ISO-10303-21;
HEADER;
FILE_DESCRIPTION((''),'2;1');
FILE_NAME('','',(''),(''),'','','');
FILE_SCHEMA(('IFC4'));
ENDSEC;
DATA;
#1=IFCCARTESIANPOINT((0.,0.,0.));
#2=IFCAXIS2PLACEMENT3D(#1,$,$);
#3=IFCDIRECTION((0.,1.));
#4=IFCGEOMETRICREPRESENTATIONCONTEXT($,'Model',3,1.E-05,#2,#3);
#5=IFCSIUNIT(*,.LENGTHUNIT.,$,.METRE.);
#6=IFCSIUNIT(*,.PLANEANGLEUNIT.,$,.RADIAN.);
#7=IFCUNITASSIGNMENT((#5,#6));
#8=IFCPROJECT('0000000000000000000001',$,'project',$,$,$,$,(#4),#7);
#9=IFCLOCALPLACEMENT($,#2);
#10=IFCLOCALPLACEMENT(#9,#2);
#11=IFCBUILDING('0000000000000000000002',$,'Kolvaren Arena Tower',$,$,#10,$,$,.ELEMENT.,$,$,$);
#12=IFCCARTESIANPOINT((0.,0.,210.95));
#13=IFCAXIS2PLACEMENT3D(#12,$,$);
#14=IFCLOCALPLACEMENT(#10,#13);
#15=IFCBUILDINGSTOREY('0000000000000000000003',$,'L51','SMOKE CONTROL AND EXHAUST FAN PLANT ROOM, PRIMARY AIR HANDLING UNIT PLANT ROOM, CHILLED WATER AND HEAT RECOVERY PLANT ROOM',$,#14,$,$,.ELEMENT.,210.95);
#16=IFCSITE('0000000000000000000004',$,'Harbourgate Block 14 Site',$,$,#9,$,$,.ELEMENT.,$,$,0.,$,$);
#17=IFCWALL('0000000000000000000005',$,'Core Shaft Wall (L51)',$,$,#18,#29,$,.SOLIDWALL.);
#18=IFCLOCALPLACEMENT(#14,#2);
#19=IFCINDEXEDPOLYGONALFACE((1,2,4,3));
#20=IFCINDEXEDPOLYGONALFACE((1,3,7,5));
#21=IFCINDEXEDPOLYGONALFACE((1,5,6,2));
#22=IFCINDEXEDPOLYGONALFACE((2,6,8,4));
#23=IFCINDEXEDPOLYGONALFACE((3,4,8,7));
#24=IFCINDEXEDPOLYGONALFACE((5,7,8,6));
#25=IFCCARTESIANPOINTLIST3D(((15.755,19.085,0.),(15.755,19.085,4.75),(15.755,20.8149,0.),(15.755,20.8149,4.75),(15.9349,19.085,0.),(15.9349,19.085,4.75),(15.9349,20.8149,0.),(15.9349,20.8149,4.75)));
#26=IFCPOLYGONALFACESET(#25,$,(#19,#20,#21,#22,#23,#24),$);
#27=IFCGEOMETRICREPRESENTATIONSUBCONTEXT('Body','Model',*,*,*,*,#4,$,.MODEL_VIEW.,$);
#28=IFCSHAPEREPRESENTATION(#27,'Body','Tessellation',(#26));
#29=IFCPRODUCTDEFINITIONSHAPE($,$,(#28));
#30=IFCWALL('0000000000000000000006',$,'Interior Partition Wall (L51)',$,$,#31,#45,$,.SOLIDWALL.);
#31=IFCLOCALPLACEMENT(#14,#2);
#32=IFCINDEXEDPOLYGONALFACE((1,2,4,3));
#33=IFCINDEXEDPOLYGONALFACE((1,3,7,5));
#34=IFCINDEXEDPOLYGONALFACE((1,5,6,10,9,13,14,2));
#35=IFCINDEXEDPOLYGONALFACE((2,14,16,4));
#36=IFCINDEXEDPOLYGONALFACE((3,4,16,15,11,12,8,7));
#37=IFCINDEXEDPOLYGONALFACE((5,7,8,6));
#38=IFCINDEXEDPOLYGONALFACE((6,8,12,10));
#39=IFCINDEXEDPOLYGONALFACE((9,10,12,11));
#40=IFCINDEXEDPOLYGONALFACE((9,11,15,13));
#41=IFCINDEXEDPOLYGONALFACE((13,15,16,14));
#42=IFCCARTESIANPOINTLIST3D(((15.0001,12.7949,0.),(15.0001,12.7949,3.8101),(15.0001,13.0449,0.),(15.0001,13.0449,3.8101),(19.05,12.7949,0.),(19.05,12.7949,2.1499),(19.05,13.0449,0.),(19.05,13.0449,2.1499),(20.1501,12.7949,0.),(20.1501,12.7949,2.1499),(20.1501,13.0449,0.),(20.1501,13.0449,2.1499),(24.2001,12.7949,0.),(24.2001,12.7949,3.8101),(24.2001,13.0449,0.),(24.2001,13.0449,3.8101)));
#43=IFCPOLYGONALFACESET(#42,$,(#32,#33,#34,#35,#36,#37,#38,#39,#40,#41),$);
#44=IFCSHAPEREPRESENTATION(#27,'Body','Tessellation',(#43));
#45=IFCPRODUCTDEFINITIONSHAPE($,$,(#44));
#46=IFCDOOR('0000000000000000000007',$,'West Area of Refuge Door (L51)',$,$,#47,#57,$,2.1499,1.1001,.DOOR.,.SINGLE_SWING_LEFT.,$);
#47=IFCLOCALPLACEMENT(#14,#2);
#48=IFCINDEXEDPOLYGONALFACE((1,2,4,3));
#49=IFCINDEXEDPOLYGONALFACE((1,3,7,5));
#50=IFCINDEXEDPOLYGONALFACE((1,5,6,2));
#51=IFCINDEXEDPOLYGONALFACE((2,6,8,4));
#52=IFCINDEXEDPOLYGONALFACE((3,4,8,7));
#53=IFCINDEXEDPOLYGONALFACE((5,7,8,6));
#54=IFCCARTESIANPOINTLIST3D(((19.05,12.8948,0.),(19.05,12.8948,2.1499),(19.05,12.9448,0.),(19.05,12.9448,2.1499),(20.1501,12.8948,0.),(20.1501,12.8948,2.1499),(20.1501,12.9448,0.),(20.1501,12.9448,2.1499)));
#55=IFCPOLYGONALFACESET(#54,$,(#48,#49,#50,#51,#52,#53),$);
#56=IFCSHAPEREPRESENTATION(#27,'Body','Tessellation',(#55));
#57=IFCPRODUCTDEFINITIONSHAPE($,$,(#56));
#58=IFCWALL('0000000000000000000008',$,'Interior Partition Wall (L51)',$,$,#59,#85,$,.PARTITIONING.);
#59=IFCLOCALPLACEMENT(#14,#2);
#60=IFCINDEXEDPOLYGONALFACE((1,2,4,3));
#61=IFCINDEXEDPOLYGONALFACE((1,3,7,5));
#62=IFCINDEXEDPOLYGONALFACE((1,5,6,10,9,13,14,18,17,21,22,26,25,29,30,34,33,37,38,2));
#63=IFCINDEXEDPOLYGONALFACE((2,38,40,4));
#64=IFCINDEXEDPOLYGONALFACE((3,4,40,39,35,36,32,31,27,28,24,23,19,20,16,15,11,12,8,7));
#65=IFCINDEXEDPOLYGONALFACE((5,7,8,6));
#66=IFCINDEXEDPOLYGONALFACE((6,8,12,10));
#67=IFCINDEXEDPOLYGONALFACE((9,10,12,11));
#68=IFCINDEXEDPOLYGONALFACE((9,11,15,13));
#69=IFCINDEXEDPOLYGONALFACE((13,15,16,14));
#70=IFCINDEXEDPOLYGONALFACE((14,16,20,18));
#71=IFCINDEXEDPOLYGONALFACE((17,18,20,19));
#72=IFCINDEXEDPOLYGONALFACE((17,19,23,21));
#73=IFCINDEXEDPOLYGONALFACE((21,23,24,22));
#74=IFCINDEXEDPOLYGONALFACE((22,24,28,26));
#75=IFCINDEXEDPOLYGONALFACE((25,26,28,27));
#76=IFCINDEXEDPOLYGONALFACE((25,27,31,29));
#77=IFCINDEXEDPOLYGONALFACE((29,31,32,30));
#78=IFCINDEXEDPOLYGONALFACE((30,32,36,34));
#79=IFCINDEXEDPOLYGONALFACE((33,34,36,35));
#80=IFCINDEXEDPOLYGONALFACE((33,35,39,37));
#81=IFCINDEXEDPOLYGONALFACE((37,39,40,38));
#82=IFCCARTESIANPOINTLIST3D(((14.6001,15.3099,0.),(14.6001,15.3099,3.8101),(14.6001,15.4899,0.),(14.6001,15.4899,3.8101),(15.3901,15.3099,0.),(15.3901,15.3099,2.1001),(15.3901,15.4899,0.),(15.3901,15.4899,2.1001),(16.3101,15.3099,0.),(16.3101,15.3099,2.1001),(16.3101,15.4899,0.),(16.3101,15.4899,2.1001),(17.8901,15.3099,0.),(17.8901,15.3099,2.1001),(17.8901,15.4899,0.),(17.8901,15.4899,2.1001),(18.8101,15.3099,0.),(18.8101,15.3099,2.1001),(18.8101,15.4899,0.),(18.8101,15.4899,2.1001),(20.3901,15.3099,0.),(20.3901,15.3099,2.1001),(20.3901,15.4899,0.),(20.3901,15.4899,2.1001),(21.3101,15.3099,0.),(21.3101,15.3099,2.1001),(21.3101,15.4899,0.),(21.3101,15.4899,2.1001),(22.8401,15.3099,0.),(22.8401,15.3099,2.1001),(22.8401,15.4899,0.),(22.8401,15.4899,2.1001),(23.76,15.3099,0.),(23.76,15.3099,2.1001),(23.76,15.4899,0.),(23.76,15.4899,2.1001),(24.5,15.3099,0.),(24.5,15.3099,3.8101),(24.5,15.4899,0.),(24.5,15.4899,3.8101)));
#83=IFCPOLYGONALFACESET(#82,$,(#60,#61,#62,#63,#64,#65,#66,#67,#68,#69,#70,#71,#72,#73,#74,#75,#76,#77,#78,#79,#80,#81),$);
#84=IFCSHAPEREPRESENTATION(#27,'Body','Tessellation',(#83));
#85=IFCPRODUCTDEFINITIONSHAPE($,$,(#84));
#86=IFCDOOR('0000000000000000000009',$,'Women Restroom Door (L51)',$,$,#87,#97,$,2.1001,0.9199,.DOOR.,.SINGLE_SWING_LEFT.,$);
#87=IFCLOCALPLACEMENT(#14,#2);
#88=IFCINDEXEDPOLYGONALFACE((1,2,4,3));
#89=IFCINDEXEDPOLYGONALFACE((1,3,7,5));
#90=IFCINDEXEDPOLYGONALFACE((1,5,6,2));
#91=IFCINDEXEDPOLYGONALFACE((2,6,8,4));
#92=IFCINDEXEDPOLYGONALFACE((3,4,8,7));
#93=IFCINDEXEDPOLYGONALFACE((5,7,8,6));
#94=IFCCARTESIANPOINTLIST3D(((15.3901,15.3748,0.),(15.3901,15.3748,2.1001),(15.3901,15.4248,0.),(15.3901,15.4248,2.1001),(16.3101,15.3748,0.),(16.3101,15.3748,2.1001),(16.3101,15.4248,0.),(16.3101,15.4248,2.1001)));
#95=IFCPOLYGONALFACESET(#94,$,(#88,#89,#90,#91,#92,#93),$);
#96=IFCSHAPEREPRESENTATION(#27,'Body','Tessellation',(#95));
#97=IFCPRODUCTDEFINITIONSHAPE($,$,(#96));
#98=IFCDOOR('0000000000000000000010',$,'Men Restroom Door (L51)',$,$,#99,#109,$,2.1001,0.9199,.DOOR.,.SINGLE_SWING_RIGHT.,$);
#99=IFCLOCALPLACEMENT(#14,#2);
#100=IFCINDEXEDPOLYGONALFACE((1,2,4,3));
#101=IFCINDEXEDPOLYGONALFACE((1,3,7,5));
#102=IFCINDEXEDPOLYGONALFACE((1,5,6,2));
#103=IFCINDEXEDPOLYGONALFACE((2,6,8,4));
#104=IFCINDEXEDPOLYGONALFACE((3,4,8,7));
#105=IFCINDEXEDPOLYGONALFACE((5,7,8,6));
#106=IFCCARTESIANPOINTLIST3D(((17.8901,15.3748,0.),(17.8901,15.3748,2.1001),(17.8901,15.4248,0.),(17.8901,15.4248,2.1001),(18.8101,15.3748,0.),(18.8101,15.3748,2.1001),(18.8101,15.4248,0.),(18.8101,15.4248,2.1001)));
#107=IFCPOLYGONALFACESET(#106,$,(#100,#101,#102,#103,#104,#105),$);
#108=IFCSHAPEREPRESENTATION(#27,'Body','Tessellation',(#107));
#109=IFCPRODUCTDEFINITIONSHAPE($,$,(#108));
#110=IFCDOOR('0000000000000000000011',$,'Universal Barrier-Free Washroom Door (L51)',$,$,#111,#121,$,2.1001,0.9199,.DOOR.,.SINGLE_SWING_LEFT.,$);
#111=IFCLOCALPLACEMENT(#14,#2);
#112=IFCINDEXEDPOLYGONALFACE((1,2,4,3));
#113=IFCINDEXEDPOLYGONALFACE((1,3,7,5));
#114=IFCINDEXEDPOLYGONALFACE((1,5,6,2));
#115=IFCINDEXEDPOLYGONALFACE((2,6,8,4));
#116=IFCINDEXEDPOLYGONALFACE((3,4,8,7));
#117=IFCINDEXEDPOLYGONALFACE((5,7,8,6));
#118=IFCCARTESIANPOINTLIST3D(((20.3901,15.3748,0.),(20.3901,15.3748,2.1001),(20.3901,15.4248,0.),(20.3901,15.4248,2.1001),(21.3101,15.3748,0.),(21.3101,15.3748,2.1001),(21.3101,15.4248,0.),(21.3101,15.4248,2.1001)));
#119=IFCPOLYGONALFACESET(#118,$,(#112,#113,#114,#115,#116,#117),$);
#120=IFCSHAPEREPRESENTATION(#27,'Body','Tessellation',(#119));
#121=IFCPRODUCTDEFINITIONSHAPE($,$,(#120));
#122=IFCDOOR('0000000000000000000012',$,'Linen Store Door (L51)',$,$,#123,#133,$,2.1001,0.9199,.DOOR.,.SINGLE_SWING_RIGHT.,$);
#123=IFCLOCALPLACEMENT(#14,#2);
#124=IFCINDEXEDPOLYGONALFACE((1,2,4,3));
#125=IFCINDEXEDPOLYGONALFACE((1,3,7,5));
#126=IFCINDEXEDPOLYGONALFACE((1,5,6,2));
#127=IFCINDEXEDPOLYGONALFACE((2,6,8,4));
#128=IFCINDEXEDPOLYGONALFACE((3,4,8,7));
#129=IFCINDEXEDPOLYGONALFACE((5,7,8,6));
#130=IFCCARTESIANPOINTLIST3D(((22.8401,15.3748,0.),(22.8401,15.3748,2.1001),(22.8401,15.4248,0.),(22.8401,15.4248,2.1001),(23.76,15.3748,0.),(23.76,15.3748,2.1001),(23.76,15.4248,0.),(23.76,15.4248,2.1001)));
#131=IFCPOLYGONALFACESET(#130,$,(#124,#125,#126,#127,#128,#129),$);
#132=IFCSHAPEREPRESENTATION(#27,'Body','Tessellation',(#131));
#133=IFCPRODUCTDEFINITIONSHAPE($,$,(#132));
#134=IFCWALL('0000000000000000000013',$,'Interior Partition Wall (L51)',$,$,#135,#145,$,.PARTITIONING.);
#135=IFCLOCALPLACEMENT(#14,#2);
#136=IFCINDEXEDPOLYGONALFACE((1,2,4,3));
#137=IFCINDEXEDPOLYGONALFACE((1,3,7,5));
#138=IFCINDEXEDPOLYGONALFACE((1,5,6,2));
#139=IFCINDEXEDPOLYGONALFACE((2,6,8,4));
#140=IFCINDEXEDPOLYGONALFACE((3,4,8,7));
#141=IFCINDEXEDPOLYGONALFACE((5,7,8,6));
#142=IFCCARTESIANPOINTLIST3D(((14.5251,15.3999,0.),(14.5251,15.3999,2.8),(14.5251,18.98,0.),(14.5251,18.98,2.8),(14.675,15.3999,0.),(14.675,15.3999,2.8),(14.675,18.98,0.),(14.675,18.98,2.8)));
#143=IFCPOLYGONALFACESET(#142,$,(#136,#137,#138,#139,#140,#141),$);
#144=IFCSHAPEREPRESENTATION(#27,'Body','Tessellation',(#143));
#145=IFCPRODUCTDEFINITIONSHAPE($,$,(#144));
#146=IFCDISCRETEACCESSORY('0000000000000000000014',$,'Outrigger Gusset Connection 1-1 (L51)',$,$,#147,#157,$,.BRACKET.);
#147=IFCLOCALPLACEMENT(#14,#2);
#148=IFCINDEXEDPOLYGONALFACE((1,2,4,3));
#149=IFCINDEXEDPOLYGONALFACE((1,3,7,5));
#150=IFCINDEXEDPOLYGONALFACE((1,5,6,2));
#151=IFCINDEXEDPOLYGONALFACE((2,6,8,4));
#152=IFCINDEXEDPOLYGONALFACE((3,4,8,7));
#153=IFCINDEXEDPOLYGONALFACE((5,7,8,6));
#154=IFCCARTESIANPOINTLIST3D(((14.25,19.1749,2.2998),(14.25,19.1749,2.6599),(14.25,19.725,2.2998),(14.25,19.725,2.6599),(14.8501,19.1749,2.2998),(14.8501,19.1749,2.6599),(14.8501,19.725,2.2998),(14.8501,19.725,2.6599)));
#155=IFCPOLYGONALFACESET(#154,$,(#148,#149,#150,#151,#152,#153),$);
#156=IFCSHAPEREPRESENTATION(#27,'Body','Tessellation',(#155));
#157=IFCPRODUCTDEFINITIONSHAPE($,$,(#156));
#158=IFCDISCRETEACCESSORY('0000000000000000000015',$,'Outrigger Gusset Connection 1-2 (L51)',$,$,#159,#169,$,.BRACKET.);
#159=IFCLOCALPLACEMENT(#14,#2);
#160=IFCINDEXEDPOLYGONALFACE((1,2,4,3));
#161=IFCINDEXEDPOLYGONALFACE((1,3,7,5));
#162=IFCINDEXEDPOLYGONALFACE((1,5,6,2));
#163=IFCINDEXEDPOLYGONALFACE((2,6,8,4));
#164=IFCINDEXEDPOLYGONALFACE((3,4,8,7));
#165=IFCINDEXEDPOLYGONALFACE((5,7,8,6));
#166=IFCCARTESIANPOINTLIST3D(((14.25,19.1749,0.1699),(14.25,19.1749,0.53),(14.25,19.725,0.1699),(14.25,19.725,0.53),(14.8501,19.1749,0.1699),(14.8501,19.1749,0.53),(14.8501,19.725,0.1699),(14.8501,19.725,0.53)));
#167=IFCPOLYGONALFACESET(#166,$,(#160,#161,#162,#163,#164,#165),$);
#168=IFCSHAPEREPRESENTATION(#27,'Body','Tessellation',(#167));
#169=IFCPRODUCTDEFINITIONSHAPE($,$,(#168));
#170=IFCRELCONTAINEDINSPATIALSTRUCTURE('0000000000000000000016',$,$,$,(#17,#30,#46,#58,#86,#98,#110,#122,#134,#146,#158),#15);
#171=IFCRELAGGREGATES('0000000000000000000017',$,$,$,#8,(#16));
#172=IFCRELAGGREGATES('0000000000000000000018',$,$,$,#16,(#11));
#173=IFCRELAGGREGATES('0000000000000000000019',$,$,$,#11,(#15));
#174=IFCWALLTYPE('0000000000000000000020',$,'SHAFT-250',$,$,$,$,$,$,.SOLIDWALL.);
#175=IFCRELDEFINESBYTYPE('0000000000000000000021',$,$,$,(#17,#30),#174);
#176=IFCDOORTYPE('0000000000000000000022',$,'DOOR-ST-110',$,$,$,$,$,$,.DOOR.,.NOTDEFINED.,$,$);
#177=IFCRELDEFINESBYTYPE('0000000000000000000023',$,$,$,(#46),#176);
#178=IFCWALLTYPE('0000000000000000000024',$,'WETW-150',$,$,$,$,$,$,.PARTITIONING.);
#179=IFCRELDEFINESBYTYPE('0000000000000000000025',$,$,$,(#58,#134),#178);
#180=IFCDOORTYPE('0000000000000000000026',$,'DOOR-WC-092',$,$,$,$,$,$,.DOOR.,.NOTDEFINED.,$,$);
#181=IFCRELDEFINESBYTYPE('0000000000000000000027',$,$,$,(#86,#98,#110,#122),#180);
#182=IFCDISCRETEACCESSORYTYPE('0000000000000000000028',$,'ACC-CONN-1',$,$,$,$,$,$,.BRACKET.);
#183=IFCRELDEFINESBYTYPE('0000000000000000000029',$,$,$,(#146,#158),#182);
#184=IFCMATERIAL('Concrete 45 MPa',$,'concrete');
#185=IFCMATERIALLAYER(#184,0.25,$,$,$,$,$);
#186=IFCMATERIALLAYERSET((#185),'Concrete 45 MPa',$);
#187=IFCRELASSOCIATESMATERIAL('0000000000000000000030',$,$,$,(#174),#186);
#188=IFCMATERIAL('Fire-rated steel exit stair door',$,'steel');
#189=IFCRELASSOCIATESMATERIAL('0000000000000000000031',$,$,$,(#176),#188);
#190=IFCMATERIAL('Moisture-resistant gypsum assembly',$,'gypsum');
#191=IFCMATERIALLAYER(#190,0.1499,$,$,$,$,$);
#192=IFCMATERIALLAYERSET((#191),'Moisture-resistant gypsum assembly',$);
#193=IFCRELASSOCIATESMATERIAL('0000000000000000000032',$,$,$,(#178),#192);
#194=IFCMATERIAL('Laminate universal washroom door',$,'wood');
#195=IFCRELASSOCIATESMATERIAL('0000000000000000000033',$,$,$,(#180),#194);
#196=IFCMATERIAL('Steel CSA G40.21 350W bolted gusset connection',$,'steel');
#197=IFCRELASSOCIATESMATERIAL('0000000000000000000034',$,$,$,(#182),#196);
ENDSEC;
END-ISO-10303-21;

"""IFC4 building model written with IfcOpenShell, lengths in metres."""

from ifc_helpers import new_model, si_unit, direction, frame, frame_2d, origin, origin_2d, place, context, subcontext, project, spatial, rectangle, extrude, material, layer, layer_set, type_object, element, fill, save


model = new_model("IFC4")

# Units and contexts
model_context = context("Model", 3, precision=1e-05, world=origin(), true_north=direction((0.0, 1.0)))
body_context = subcontext(model_context, "Body", "Model", "MODEL_VIEW")
ifc_project = project(units=[si_unit("LENGTHUNIT", "METRE"), si_unit("PLANEANGLEUNIT", "RADIAN")], contexts=[model_context])

# Site, building, storey
site_placement = place(None, origin())
site = spatial("IfcSite", under=ifc_project, at=site_placement, Name="Harbourgate Block 14 Site", CompositionType="ELEMENT", RefElevation=0.0)
building_placement = place(site_placement, origin())
building = spatial("IfcBuilding", under=site, at=building_placement, Name="Kolvaren Arena Tower", CompositionType="ELEMENT")
storey_placement = place(building_placement, frame((0.0, 0.0, 210.95)))
storey = spatial("IfcBuildingStorey", under=building, at=storey_placement, Name="L51", Description="SMOKE CONTROL AND EXHAUST FAN PLANT ROOM, PRIMARY AIR HANDLING UNIT PLANT ROOM, CHILLED WATER AND HEAT RECOVERY PLANT ROOM", CompositionType="ELEMENT", Elevation=210.95)

# Wall
ifc_material_1 = material(Name="Concrete 45 MPa", Category="concrete")
ifc_layer_1 = layer(ifc_material_1, 0.25)
ifc_layer_set_1 = layer_set([ifc_layer_1], Name="Concrete 45 MPa")
wall_type_1 = type_object("IfcWallType", Name="SHAFT-250", PredefinedType="SOLIDWALL", material=ifc_layer_set_1)
wall_1_placement = place(storey_placement, frame((15.845, 19.085, 0.0), z_axis=(0.0, 0.0, 1.0), x_axis=(0.0, 1.0, 0.0)))
element("IfcWall", 1, at=wall_1_placement, inside=storey, type_object=wall_type_1, Name="Core Shaft Wall (L51)", PredefinedType="SOLIDWALL", context=body_context, shape_type="SweptSolid", body=[
    extrude(rectangle(XDim=1.73, YDim=0.1799, at=frame_2d((0.865, 0.0))), origin(), (0.0, 0.0, 1.0), 4.75),
])

# Wall, opening, door
wall_2_placement = place(storey_placement, frame((15.0, 12.9199, 0.0), z_axis=(0.0, 0.0, 1.0), x_axis=(1.0, 0.0, 0.0)))
wall_2 = element("IfcWall", 2, at=wall_2_placement, inside=storey, type_object=wall_type_1, Name="Interior Partition Wall (L51)", PredefinedType="SOLIDWALL", context=body_context, shape_type="SweptSolid", body=[
    extrude(rectangle(XDim=9.2, YDim=0.25, at=frame_2d((4.6001, 0.0))), origin(), (0.0, 0.0, 1.0), 3.8101),
])
opening_1_placement = place(wall_2_placement, frame((4.05, 0.0, 0.0)))
opening_1 = element("IfcOpeningElement", 3, at=opening_1_placement, cuts=wall_2, PredefinedType="OPENING", context=body_context, shape_type="SweptSolid", body=[
    extrude(rectangle(XDim=1.1001, YDim=2.1499, at=frame_2d((0.55, 1.075))), frame((0.0, 0.135, 0.0), z_axis=(0.0, -1.0, 0.0), x_axis=(1.0, 0.0, 0.0)), (0.0, 0.0, 1.0), 0.27),
])
ifc_material_2 = material(Name="Fire-rated steel exit stair door", Category="steel")
door_type_1 = type_object("IfcDoorType", Name="DOOR-ST-110", OperationType="NOTDEFINED", PredefinedType="DOOR", material=ifc_material_2)
door_1_placement = place(opening_1_placement, origin())
door_1 = element("IfcDoor", 4, at=door_1_placement, inside=storey, type_object=door_type_1, Name="West Area of Refuge Door (L51)", OperationType="SINGLE_SWING_LEFT", OverallHeight=2.1499, OverallWidth=1.1001, PredefinedType="DOOR", context=body_context, shape_type="SweptSolid", body=[
    extrude(rectangle(XDim=1.1001, YDim=2.1499, at=frame_2d((0.55, 1.075))), frame((0.0, 0.0249, 0.0), z_axis=(0.0, -1.0, 0.0), x_axis=(1.0, 0.0, 0.0)), (0.0, 0.0, 1.0), 0.05),
])
fill(opening_1, door_1)

# Wall, openings, doors
ifc_material_3 = material(Name="Moisture-resistant gypsum assembly", Category="gypsum")
ifc_layer_2 = layer(ifc_material_3, 0.1499)
ifc_layer_set_2 = layer_set([ifc_layer_2], Name="Moisture-resistant gypsum assembly")
wall_type_2 = type_object("IfcWallType", Name="WETW-150", PredefinedType="PARTITIONING", material=ifc_layer_set_2)
wall_3_placement = place(storey_placement, frame((14.6001, 15.3999, 0.0), z_axis=(0.0, 0.0, 1.0), x_axis=(1.0, 0.0, 0.0)))
wall_3 = element("IfcWall", 5, at=wall_3_placement, inside=storey, type_object=wall_type_2, Name="Interior Partition Wall (L51)", PredefinedType="PARTITIONING", context=body_context, shape_type="SweptSolid", body=[
    extrude(rectangle(XDim=9.8999, YDim=0.1799, at=frame_2d((4.95, 0.0))), origin(), (0.0, 0.0, 1.0), 3.8101),
])
opening_2_placement = place(wall_3_placement, frame((0.79, 0.0, 0.0)))
opening_2 = element("IfcOpeningElement", 6, at=opening_2_placement, cuts=wall_3, PredefinedType="OPENING", context=body_context, shape_type="SweptSolid", body=[
    extrude(rectangle(XDim=0.9199, YDim=2.1001, at=frame_2d((0.46, 1.05))), frame((0.0, 0.0999, 0.0), z_axis=(0.0, -1.0, 0.0), x_axis=(1.0, 0.0, 0.0)), (0.0, 0.0, 1.0), 0.2),
])
opening_3_placement = place(wall_3_placement, frame((3.29, 0.0, 0.0)))
opening_3 = element("IfcOpeningElement", 7, at=opening_3_placement, cuts=wall_3, PredefinedType="OPENING", context=body_context, shape_type="SweptSolid", body=[
    extrude(rectangle(XDim=0.9199, YDim=2.1001, at=frame_2d((0.46, 1.05))), frame((0.0, 0.0999, 0.0), z_axis=(0.0, -1.0, 0.0), x_axis=(1.0, 0.0, 0.0)), (0.0, 0.0, 1.0), 0.2),
])
opening_4_placement = place(wall_3_placement, frame((5.79, 0.0, 0.0)))
opening_4 = element("IfcOpeningElement", 8, at=opening_4_placement, cuts=wall_3, PredefinedType="OPENING", context=body_context, shape_type="SweptSolid", body=[
    extrude(rectangle(XDim=0.9199, YDim=2.1001, at=frame_2d((0.46, 1.05))), frame((0.0, 0.0999, 0.0), z_axis=(0.0, -1.0, 0.0), x_axis=(1.0, 0.0, 0.0)), (0.0, 0.0, 1.0), 0.2),
])
opening_5_placement = place(wall_3_placement, frame((8.24, 0.0, 0.0)))
opening_5 = element("IfcOpeningElement", 9, at=opening_5_placement, cuts=wall_3, PredefinedType="OPENING", context=body_context, shape_type="SweptSolid", body=[
    extrude(rectangle(XDim=0.9199, YDim=2.1001, at=frame_2d((0.46, 1.05))), frame((0.0, 0.0999, 0.0), z_axis=(0.0, -1.0, 0.0), x_axis=(1.0, 0.0, 0.0)), (0.0, 0.0, 1.0), 0.2),
])
ifc_material_4 = material(Name="Laminate universal washroom door", Category="wood")
door_type_2 = type_object("IfcDoorType", Name="DOOR-WC-092", OperationType="NOTDEFINED", PredefinedType="DOOR", material=ifc_material_4)
door_2_placement = place(opening_2_placement, origin())
door_2 = element("IfcDoor", 10, at=door_2_placement, inside=storey, type_object=door_type_2, Name="Women Restroom Door (L51)", OperationType="SINGLE_SWING_LEFT", OverallHeight=2.1001, OverallWidth=0.9199, PredefinedType="DOOR", context=body_context, shape_type="SweptSolid", body=[
    extrude(rectangle(XDim=0.9199, YDim=2.1001, at=frame_2d((0.46, 1.05))), frame((0.0, 0.0249, 0.0), z_axis=(0.0, -1.0, 0.0), x_axis=(1.0, 0.0, 0.0)), (0.0, 0.0, 1.0), 0.05),
])
fill(opening_2, door_2)
door_3_placement = place(opening_3_placement, origin())
door_3 = element("IfcDoor", 11, at=door_3_placement, inside=storey, type_object=door_type_2, Name="Men Restroom Door (L51)", OperationType="SINGLE_SWING_RIGHT", OverallHeight=2.1001, OverallWidth=0.9199, PredefinedType="DOOR", context=body_context, shape_type="SweptSolid", body=[
    extrude(rectangle(XDim=0.9199, YDim=2.1001, at=frame_2d((0.46, 1.05))), frame((0.0, 0.0249, 0.0), z_axis=(0.0, -1.0, 0.0), x_axis=(1.0, 0.0, 0.0)), (0.0, 0.0, 1.0), 0.05),
])
fill(opening_3, door_3)
door_4_placement = place(opening_4_placement, origin())
door_4 = element("IfcDoor", 12, at=door_4_placement, inside=storey, type_object=door_type_2, Name="Universal Barrier-Free Washroom Door (L51)", OperationType="SINGLE_SWING_LEFT", OverallHeight=2.1001, OverallWidth=0.9199, PredefinedType="DOOR", context=body_context, shape_type="SweptSolid", body=[
    extrude(rectangle(XDim=0.9199, YDim=2.1001, at=frame_2d((0.46, 1.05))), frame((0.0, 0.0249, 0.0), z_axis=(0.0, -1.0, 0.0), x_axis=(1.0, 0.0, 0.0)), (0.0, 0.0, 1.0), 0.05),
])
fill(opening_4, door_4)
door_5_placement = place(opening_5_placement, origin())
door_5 = element("IfcDoor", 13, at=door_5_placement, inside=storey, type_object=door_type_2, Name="Linen Store Door (L51)", OperationType="SINGLE_SWING_RIGHT", OverallHeight=2.1001, OverallWidth=0.9199, PredefinedType="DOOR", context=body_context, shape_type="SweptSolid", body=[
    extrude(rectangle(XDim=0.9199, YDim=2.1001, at=frame_2d((0.46, 1.05))), frame((0.0, 0.0249, 0.0), z_axis=(0.0, -1.0, 0.0), x_axis=(1.0, 0.0, 0.0)), (0.0, 0.0, 1.0), 0.05),
])
fill(opening_5, door_5)

# Wall
wall_4_placement = place(storey_placement, frame((14.6001, 15.3999, 0.0), z_axis=(0.0, 0.0, 1.0), x_axis=(0.0, 1.0, 0.0)))
element("IfcWall", 14, at=wall_4_placement, inside=storey, type_object=wall_type_2, Name="Interior Partition Wall (L51)", PredefinedType="PARTITIONING", context=body_context, shape_type="SweptSolid", body=[
    extrude(rectangle(XDim=3.5801, YDim=0.1499, at=frame_2d((1.79, 0.0))), origin(), (0.0, 0.0, 1.0), 2.8),
])

# Discrete accessories
ifc_material_5 = material(Name="Steel CSA G40.21 350W bolted gusset connection", Category="steel")
discrete_accessory_type = type_object("IfcDiscreteAccessoryType", Name="ACC-CONN-1", PredefinedType="BRACKET", material=ifc_material_5)
for number, where, z_axis, x_axis, name in (
    (15, (14.55, 19.45, 2.2998), (0.0, 0.0, 1.0), (1.0, 0.0, 0.0), "Outrigger Gusset Connection 1-1 (L51)"),
    (16, (14.55, 19.45, 0.1699), (0.0, 0.0, 1.0), (1.0, 0.0, 0.0), "Outrigger Gusset Connection 1-2 (L51)"),
):
    element("IfcDiscreteAccessory", number, at=place(storey_placement, frame(where, z_axis=z_axis, x_axis=x_axis)), inside=storey, type_object=discrete_accessory_type, Name=name, PredefinedType="BRACKET", context=body_context, shape_type="SweptSolid", body=[
        extrude(rectangle(XDim=0.6001, YDim=0.55, at=origin_2d()), origin(), (0.0, 0.0, 1.0), 0.3601),
    ])

save(model, "model.ifc")
